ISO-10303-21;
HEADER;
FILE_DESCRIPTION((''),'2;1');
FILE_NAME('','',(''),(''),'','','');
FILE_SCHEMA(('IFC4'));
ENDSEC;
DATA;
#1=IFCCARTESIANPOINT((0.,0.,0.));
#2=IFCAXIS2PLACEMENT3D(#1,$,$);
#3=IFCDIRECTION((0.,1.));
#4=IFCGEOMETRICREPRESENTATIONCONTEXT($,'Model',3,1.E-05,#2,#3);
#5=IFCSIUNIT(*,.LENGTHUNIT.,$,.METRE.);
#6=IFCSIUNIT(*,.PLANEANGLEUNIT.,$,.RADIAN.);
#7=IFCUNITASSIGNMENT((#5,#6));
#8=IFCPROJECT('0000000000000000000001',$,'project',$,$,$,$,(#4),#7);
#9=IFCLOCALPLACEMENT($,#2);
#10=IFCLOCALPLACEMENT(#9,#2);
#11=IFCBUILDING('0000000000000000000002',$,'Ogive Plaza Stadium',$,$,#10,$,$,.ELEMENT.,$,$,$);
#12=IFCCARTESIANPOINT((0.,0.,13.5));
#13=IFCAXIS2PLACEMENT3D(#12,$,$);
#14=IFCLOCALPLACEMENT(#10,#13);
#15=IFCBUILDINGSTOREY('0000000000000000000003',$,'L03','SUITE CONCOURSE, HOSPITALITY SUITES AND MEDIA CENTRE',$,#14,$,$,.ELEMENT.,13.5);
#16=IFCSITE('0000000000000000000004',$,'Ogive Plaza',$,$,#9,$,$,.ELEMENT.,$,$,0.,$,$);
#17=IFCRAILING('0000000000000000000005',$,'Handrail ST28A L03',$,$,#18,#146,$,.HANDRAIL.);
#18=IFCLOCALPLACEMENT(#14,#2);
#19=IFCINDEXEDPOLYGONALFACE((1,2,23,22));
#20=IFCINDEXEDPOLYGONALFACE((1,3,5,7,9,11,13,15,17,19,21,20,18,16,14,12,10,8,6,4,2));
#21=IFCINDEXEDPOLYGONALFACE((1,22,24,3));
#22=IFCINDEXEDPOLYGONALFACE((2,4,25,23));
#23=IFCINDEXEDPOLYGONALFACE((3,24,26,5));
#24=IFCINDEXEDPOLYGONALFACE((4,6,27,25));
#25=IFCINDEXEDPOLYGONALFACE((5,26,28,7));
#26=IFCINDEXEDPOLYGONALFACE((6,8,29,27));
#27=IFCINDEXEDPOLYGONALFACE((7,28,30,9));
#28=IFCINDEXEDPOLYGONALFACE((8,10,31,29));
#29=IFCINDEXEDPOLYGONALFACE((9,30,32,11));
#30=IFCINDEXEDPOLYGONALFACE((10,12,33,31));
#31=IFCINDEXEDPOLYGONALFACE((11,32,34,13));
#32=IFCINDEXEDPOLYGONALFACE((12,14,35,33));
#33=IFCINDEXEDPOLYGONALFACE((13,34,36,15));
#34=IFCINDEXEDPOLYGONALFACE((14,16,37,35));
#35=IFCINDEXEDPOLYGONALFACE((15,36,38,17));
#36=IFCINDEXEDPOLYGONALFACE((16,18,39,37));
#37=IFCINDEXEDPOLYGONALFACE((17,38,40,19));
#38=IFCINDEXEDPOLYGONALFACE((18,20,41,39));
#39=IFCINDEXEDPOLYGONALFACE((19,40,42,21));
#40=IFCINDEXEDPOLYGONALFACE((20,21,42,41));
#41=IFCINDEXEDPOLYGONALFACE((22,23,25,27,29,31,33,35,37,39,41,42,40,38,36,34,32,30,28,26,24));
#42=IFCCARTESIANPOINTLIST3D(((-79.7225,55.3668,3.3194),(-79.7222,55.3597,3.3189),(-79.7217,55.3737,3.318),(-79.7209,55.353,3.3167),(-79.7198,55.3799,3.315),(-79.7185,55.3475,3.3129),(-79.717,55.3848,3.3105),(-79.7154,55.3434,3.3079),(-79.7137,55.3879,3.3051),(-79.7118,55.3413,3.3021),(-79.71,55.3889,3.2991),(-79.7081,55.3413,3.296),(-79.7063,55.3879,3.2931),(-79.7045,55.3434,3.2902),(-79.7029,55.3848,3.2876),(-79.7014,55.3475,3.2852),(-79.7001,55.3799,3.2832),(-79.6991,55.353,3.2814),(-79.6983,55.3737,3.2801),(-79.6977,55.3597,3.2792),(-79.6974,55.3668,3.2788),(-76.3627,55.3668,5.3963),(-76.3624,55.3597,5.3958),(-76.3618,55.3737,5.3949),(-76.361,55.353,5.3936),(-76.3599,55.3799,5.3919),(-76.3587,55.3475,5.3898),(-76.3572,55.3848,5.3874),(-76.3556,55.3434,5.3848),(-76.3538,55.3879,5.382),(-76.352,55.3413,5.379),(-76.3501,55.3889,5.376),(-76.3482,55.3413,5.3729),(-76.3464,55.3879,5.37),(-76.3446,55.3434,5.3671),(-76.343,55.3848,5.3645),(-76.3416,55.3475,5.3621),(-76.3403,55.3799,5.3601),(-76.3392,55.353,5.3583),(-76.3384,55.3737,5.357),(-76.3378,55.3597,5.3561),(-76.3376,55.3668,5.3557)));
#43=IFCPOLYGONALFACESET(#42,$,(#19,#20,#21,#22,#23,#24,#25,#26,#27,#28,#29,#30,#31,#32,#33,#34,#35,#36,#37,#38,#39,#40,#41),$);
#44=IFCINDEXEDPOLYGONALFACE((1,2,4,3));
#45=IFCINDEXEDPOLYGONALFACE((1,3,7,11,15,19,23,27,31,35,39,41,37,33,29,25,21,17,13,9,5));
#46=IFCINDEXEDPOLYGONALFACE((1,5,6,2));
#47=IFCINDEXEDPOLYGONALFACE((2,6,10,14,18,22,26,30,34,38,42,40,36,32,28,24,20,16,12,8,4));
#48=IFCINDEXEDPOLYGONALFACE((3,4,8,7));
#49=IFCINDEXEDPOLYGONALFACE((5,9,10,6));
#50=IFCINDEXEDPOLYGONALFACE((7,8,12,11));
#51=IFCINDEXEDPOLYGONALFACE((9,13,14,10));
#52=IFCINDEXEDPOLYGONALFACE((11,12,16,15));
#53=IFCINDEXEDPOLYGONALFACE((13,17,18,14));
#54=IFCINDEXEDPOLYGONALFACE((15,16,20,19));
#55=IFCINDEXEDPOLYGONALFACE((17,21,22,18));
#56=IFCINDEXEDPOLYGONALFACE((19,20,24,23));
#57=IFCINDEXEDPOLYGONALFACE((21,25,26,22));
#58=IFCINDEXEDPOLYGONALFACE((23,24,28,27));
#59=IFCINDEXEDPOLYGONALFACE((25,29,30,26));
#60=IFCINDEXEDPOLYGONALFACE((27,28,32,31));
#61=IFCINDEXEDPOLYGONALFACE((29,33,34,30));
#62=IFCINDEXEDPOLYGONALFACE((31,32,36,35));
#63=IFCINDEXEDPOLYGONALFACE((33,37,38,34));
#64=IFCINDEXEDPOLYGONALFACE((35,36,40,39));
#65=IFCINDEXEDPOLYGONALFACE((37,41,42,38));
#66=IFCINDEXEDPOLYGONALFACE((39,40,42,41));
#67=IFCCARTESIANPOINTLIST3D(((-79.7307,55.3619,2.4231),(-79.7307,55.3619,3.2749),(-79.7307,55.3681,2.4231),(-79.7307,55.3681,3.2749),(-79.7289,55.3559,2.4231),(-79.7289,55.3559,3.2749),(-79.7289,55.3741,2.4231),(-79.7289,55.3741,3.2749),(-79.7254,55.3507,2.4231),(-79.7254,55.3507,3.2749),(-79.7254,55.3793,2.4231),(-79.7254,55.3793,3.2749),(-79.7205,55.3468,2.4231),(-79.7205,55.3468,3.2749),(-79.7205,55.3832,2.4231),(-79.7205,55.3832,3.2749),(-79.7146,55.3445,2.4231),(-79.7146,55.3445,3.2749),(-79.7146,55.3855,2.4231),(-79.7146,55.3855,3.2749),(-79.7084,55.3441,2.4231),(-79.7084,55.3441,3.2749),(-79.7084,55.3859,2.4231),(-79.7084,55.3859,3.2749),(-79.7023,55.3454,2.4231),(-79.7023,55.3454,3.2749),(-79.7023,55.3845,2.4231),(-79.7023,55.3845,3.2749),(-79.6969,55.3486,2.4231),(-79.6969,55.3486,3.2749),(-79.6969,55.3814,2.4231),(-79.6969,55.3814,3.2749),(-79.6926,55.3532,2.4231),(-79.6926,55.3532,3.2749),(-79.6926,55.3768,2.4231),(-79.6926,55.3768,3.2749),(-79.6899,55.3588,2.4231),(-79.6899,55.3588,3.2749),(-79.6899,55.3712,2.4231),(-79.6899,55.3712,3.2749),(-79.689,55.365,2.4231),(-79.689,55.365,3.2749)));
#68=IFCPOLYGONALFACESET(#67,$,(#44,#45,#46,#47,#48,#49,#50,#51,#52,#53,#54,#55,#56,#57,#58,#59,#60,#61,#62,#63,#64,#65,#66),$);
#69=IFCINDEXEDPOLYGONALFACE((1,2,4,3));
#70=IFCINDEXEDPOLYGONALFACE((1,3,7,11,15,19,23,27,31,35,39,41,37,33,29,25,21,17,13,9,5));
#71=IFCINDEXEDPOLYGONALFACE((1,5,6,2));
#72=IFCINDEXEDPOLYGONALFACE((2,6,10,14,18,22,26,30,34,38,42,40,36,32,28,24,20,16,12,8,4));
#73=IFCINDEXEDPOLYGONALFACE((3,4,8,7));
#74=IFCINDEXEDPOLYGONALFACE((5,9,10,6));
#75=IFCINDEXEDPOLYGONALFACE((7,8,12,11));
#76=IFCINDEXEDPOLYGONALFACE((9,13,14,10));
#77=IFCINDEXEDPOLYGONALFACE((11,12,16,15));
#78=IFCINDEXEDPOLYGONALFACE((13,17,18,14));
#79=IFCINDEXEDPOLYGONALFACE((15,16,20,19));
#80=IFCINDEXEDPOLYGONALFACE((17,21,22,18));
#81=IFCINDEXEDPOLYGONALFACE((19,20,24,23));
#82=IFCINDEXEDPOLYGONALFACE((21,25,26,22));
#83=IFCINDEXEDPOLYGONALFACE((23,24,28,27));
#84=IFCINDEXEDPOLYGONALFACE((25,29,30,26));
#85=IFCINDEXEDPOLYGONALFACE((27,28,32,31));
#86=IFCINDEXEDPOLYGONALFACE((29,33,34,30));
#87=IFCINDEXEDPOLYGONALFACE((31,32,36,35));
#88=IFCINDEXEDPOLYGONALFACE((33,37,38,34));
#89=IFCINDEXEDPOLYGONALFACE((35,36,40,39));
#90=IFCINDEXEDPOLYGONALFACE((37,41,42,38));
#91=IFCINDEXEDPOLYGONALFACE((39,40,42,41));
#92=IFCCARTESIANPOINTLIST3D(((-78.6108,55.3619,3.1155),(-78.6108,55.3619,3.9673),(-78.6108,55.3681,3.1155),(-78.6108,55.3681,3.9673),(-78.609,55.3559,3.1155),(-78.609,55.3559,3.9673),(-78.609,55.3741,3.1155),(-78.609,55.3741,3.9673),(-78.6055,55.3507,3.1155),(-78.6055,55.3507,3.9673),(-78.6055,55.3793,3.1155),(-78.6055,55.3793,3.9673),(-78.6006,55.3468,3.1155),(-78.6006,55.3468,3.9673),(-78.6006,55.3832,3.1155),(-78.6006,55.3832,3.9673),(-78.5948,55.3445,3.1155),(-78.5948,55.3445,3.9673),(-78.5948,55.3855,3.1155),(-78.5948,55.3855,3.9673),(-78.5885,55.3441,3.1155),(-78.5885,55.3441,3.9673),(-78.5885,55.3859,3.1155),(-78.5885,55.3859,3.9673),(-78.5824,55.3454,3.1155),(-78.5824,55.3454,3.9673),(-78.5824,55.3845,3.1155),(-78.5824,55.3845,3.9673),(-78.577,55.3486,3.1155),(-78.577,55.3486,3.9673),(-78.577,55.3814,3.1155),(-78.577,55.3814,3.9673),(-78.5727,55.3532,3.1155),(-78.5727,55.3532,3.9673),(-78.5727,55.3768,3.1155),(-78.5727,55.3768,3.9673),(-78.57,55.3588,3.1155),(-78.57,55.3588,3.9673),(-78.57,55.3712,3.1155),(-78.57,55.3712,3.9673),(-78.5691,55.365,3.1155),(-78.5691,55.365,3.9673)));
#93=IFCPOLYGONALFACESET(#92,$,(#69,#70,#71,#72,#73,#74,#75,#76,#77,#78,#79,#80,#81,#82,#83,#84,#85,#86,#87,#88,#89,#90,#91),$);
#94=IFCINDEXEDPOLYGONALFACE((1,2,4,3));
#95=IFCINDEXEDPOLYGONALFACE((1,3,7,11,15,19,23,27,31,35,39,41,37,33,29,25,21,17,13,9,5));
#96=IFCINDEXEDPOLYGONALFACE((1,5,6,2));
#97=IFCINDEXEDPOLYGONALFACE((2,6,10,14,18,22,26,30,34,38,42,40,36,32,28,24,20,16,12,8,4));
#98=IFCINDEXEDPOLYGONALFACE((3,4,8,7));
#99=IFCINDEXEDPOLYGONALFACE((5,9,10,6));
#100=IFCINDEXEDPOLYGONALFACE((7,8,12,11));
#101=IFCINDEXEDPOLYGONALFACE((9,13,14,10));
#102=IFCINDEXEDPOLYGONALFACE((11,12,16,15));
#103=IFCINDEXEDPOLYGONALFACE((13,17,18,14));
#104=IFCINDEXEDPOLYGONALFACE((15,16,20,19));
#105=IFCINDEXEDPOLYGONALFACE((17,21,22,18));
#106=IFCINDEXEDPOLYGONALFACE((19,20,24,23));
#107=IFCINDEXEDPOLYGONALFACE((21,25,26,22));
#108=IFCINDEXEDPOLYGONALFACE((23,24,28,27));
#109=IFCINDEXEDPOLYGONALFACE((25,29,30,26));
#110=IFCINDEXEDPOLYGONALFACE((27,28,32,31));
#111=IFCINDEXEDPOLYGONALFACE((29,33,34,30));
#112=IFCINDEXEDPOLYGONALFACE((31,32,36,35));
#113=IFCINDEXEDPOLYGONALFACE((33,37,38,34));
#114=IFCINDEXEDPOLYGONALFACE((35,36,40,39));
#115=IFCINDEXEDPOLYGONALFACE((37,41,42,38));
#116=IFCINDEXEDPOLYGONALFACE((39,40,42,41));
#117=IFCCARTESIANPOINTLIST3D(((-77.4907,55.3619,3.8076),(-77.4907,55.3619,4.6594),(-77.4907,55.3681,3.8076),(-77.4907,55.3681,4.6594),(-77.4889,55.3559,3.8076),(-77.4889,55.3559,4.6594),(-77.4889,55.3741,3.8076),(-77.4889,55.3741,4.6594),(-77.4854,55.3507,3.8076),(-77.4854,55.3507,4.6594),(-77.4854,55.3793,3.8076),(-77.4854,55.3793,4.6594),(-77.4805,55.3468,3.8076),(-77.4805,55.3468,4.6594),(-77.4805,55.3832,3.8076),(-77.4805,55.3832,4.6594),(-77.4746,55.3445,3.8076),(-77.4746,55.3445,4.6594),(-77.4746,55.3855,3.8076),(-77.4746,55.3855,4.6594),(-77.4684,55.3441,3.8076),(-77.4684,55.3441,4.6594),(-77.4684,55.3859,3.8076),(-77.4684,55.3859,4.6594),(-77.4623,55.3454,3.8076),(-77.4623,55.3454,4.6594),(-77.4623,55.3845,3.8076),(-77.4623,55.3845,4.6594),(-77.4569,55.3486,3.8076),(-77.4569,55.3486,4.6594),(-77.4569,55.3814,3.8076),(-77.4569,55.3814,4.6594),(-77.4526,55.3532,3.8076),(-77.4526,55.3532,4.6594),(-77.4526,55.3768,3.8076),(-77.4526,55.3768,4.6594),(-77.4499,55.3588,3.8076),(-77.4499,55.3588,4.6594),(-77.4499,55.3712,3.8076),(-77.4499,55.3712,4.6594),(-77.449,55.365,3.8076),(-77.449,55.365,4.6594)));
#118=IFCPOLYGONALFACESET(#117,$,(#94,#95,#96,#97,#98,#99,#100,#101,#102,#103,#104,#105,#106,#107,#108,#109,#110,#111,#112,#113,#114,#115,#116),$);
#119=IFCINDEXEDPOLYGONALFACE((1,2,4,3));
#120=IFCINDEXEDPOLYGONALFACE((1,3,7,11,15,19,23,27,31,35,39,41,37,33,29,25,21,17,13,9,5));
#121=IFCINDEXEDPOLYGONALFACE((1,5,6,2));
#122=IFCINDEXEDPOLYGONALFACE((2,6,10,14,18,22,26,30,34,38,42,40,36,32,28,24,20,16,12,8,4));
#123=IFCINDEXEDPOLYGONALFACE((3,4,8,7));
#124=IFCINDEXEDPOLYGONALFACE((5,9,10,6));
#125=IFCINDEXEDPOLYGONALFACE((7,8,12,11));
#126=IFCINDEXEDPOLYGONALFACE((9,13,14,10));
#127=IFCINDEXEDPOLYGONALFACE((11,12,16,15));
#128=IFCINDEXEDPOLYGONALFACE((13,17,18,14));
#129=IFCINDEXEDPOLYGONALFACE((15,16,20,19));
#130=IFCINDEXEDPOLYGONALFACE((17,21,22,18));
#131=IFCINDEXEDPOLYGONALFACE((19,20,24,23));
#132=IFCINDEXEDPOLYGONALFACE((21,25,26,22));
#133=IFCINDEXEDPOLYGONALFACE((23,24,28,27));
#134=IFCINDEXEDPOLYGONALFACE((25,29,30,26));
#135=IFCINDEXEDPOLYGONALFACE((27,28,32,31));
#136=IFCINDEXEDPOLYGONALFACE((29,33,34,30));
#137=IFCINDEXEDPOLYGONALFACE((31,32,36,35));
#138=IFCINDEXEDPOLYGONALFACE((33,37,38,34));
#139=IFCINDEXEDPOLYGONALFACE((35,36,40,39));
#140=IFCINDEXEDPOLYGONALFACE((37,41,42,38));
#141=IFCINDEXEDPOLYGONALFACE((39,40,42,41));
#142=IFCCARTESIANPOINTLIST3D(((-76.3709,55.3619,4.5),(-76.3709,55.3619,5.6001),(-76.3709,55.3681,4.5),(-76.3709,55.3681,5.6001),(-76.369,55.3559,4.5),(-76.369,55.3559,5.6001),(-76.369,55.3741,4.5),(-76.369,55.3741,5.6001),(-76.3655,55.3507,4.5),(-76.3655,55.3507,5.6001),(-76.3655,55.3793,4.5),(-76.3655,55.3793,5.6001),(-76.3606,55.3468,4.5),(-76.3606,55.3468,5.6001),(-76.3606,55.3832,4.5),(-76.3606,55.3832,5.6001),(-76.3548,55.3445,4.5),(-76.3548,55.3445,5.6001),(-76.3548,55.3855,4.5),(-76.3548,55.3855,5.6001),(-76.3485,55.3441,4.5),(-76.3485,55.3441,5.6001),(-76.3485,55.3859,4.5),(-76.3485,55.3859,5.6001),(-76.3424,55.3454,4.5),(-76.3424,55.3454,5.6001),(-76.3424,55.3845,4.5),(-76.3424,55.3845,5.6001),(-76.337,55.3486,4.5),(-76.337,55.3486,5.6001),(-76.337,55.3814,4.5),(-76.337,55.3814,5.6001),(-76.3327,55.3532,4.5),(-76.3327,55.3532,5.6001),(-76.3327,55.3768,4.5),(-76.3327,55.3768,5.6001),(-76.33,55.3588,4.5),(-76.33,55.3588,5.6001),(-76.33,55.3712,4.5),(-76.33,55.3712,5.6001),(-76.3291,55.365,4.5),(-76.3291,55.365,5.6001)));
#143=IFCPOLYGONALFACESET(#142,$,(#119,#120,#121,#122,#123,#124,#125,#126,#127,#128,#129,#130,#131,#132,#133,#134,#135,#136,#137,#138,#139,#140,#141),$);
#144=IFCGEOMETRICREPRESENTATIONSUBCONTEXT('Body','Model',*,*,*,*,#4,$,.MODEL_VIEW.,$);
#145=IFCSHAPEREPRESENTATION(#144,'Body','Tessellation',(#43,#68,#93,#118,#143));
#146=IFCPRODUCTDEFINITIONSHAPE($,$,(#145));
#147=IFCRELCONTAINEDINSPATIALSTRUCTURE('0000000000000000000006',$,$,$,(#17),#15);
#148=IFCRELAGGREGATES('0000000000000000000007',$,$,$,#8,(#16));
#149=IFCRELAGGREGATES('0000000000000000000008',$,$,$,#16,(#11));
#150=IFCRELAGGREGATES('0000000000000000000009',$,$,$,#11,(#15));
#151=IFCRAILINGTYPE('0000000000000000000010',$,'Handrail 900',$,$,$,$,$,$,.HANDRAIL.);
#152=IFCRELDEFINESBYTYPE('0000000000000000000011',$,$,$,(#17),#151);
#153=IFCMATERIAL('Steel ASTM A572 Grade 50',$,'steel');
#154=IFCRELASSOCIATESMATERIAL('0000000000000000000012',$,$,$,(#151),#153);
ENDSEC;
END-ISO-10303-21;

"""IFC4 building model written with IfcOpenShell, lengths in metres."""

from ifc_helpers import new_model, si_unit, direction, frame, origin, origin_2d, place, context, subcontext, project, spatial, circle, extrude, material, type_object, element, save


model = new_model("IFC4")

# Units and contexts
model_context = context("Model", 3, precision=1e-05, world=origin(), true_north=direction((0.0, 1.0)))
body_context = subcontext(model_context, "Body", "Model", "MODEL_VIEW")
ifc_project = project(units=[si_unit("LENGTHUNIT", "METRE"), si_unit("PLANEANGLEUNIT", "RADIAN")], contexts=[model_context])

# Site, building, storey
site_placement = place(None, origin())
site = spatial("IfcSite", under=ifc_project, at=site_placement, Name="Ogive Plaza", CompositionType="ELEMENT", RefElevation=0.0)
building_placement = place(site_placement, origin())
building = spatial("IfcBuilding", under=site, at=building_placement, Name="Ogive Plaza Stadium", CompositionType="ELEMENT")
storey_placement = place(building_placement, frame((0.0, 0.0, 13.5)))
storey = spatial("IfcBuildingStorey", under=building, at=storey_placement, Name="L03", Description="SUITE CONCOURSE, HOSPITALITY SUITES AND MEDIA CENTRE", CompositionType="ELEMENT", Elevation=13.5)

# Railing
ifc_material_1 = material(Name="Steel ASTM A572 Grade 50", Category="steel")
railing_type_1 = type_object("IfcRailingType", Name="Handrail 900", PredefinedType="HANDRAIL", material=ifc_material_1)
for number, where, name in (
    (1, (-79.71, 55.365, 2.4231), "Handrail ST28A L03"),
):
    element("IfcRailing", number, at=place(storey_placement, frame(where)), inside=storey, type_object=railing_type_1, Name=name, PredefinedType="HANDRAIL", context=body_context, shape_type="SweptSolid", body=[
        extrude(circle(Radius=0.0239, at=origin_2d()), frame((0.0, 0.0, 0.876), z_axis=(0.850606, 0.0, 0.525803), x_axis=(0.0, 1.0, 0.0)), (0.0, 0.0, 1.0), 3.95),
        extrude(circle(Radius=0.021, at=origin_2d()), origin(), (0.0, 0.0, 1.0), 0.8518),
        extrude(circle(Radius=0.021, at=origin_2d()), frame((1.1199, 0.0, 0.6924)), (0.0, 0.0, 1.0), 0.8518),
        extrude(circle(Radius=0.021, at=origin_2d()), frame((2.24, 0.0, 1.3845)), (0.0, 0.0, 1.0), 0.8518),
        extrude(circle(Radius=0.021, at=origin_2d()), frame((3.3599, 0.0, 2.0769)), (0.0, 0.0, 1.0), 1.1001),
    ])

save(model, "model.ifc")
